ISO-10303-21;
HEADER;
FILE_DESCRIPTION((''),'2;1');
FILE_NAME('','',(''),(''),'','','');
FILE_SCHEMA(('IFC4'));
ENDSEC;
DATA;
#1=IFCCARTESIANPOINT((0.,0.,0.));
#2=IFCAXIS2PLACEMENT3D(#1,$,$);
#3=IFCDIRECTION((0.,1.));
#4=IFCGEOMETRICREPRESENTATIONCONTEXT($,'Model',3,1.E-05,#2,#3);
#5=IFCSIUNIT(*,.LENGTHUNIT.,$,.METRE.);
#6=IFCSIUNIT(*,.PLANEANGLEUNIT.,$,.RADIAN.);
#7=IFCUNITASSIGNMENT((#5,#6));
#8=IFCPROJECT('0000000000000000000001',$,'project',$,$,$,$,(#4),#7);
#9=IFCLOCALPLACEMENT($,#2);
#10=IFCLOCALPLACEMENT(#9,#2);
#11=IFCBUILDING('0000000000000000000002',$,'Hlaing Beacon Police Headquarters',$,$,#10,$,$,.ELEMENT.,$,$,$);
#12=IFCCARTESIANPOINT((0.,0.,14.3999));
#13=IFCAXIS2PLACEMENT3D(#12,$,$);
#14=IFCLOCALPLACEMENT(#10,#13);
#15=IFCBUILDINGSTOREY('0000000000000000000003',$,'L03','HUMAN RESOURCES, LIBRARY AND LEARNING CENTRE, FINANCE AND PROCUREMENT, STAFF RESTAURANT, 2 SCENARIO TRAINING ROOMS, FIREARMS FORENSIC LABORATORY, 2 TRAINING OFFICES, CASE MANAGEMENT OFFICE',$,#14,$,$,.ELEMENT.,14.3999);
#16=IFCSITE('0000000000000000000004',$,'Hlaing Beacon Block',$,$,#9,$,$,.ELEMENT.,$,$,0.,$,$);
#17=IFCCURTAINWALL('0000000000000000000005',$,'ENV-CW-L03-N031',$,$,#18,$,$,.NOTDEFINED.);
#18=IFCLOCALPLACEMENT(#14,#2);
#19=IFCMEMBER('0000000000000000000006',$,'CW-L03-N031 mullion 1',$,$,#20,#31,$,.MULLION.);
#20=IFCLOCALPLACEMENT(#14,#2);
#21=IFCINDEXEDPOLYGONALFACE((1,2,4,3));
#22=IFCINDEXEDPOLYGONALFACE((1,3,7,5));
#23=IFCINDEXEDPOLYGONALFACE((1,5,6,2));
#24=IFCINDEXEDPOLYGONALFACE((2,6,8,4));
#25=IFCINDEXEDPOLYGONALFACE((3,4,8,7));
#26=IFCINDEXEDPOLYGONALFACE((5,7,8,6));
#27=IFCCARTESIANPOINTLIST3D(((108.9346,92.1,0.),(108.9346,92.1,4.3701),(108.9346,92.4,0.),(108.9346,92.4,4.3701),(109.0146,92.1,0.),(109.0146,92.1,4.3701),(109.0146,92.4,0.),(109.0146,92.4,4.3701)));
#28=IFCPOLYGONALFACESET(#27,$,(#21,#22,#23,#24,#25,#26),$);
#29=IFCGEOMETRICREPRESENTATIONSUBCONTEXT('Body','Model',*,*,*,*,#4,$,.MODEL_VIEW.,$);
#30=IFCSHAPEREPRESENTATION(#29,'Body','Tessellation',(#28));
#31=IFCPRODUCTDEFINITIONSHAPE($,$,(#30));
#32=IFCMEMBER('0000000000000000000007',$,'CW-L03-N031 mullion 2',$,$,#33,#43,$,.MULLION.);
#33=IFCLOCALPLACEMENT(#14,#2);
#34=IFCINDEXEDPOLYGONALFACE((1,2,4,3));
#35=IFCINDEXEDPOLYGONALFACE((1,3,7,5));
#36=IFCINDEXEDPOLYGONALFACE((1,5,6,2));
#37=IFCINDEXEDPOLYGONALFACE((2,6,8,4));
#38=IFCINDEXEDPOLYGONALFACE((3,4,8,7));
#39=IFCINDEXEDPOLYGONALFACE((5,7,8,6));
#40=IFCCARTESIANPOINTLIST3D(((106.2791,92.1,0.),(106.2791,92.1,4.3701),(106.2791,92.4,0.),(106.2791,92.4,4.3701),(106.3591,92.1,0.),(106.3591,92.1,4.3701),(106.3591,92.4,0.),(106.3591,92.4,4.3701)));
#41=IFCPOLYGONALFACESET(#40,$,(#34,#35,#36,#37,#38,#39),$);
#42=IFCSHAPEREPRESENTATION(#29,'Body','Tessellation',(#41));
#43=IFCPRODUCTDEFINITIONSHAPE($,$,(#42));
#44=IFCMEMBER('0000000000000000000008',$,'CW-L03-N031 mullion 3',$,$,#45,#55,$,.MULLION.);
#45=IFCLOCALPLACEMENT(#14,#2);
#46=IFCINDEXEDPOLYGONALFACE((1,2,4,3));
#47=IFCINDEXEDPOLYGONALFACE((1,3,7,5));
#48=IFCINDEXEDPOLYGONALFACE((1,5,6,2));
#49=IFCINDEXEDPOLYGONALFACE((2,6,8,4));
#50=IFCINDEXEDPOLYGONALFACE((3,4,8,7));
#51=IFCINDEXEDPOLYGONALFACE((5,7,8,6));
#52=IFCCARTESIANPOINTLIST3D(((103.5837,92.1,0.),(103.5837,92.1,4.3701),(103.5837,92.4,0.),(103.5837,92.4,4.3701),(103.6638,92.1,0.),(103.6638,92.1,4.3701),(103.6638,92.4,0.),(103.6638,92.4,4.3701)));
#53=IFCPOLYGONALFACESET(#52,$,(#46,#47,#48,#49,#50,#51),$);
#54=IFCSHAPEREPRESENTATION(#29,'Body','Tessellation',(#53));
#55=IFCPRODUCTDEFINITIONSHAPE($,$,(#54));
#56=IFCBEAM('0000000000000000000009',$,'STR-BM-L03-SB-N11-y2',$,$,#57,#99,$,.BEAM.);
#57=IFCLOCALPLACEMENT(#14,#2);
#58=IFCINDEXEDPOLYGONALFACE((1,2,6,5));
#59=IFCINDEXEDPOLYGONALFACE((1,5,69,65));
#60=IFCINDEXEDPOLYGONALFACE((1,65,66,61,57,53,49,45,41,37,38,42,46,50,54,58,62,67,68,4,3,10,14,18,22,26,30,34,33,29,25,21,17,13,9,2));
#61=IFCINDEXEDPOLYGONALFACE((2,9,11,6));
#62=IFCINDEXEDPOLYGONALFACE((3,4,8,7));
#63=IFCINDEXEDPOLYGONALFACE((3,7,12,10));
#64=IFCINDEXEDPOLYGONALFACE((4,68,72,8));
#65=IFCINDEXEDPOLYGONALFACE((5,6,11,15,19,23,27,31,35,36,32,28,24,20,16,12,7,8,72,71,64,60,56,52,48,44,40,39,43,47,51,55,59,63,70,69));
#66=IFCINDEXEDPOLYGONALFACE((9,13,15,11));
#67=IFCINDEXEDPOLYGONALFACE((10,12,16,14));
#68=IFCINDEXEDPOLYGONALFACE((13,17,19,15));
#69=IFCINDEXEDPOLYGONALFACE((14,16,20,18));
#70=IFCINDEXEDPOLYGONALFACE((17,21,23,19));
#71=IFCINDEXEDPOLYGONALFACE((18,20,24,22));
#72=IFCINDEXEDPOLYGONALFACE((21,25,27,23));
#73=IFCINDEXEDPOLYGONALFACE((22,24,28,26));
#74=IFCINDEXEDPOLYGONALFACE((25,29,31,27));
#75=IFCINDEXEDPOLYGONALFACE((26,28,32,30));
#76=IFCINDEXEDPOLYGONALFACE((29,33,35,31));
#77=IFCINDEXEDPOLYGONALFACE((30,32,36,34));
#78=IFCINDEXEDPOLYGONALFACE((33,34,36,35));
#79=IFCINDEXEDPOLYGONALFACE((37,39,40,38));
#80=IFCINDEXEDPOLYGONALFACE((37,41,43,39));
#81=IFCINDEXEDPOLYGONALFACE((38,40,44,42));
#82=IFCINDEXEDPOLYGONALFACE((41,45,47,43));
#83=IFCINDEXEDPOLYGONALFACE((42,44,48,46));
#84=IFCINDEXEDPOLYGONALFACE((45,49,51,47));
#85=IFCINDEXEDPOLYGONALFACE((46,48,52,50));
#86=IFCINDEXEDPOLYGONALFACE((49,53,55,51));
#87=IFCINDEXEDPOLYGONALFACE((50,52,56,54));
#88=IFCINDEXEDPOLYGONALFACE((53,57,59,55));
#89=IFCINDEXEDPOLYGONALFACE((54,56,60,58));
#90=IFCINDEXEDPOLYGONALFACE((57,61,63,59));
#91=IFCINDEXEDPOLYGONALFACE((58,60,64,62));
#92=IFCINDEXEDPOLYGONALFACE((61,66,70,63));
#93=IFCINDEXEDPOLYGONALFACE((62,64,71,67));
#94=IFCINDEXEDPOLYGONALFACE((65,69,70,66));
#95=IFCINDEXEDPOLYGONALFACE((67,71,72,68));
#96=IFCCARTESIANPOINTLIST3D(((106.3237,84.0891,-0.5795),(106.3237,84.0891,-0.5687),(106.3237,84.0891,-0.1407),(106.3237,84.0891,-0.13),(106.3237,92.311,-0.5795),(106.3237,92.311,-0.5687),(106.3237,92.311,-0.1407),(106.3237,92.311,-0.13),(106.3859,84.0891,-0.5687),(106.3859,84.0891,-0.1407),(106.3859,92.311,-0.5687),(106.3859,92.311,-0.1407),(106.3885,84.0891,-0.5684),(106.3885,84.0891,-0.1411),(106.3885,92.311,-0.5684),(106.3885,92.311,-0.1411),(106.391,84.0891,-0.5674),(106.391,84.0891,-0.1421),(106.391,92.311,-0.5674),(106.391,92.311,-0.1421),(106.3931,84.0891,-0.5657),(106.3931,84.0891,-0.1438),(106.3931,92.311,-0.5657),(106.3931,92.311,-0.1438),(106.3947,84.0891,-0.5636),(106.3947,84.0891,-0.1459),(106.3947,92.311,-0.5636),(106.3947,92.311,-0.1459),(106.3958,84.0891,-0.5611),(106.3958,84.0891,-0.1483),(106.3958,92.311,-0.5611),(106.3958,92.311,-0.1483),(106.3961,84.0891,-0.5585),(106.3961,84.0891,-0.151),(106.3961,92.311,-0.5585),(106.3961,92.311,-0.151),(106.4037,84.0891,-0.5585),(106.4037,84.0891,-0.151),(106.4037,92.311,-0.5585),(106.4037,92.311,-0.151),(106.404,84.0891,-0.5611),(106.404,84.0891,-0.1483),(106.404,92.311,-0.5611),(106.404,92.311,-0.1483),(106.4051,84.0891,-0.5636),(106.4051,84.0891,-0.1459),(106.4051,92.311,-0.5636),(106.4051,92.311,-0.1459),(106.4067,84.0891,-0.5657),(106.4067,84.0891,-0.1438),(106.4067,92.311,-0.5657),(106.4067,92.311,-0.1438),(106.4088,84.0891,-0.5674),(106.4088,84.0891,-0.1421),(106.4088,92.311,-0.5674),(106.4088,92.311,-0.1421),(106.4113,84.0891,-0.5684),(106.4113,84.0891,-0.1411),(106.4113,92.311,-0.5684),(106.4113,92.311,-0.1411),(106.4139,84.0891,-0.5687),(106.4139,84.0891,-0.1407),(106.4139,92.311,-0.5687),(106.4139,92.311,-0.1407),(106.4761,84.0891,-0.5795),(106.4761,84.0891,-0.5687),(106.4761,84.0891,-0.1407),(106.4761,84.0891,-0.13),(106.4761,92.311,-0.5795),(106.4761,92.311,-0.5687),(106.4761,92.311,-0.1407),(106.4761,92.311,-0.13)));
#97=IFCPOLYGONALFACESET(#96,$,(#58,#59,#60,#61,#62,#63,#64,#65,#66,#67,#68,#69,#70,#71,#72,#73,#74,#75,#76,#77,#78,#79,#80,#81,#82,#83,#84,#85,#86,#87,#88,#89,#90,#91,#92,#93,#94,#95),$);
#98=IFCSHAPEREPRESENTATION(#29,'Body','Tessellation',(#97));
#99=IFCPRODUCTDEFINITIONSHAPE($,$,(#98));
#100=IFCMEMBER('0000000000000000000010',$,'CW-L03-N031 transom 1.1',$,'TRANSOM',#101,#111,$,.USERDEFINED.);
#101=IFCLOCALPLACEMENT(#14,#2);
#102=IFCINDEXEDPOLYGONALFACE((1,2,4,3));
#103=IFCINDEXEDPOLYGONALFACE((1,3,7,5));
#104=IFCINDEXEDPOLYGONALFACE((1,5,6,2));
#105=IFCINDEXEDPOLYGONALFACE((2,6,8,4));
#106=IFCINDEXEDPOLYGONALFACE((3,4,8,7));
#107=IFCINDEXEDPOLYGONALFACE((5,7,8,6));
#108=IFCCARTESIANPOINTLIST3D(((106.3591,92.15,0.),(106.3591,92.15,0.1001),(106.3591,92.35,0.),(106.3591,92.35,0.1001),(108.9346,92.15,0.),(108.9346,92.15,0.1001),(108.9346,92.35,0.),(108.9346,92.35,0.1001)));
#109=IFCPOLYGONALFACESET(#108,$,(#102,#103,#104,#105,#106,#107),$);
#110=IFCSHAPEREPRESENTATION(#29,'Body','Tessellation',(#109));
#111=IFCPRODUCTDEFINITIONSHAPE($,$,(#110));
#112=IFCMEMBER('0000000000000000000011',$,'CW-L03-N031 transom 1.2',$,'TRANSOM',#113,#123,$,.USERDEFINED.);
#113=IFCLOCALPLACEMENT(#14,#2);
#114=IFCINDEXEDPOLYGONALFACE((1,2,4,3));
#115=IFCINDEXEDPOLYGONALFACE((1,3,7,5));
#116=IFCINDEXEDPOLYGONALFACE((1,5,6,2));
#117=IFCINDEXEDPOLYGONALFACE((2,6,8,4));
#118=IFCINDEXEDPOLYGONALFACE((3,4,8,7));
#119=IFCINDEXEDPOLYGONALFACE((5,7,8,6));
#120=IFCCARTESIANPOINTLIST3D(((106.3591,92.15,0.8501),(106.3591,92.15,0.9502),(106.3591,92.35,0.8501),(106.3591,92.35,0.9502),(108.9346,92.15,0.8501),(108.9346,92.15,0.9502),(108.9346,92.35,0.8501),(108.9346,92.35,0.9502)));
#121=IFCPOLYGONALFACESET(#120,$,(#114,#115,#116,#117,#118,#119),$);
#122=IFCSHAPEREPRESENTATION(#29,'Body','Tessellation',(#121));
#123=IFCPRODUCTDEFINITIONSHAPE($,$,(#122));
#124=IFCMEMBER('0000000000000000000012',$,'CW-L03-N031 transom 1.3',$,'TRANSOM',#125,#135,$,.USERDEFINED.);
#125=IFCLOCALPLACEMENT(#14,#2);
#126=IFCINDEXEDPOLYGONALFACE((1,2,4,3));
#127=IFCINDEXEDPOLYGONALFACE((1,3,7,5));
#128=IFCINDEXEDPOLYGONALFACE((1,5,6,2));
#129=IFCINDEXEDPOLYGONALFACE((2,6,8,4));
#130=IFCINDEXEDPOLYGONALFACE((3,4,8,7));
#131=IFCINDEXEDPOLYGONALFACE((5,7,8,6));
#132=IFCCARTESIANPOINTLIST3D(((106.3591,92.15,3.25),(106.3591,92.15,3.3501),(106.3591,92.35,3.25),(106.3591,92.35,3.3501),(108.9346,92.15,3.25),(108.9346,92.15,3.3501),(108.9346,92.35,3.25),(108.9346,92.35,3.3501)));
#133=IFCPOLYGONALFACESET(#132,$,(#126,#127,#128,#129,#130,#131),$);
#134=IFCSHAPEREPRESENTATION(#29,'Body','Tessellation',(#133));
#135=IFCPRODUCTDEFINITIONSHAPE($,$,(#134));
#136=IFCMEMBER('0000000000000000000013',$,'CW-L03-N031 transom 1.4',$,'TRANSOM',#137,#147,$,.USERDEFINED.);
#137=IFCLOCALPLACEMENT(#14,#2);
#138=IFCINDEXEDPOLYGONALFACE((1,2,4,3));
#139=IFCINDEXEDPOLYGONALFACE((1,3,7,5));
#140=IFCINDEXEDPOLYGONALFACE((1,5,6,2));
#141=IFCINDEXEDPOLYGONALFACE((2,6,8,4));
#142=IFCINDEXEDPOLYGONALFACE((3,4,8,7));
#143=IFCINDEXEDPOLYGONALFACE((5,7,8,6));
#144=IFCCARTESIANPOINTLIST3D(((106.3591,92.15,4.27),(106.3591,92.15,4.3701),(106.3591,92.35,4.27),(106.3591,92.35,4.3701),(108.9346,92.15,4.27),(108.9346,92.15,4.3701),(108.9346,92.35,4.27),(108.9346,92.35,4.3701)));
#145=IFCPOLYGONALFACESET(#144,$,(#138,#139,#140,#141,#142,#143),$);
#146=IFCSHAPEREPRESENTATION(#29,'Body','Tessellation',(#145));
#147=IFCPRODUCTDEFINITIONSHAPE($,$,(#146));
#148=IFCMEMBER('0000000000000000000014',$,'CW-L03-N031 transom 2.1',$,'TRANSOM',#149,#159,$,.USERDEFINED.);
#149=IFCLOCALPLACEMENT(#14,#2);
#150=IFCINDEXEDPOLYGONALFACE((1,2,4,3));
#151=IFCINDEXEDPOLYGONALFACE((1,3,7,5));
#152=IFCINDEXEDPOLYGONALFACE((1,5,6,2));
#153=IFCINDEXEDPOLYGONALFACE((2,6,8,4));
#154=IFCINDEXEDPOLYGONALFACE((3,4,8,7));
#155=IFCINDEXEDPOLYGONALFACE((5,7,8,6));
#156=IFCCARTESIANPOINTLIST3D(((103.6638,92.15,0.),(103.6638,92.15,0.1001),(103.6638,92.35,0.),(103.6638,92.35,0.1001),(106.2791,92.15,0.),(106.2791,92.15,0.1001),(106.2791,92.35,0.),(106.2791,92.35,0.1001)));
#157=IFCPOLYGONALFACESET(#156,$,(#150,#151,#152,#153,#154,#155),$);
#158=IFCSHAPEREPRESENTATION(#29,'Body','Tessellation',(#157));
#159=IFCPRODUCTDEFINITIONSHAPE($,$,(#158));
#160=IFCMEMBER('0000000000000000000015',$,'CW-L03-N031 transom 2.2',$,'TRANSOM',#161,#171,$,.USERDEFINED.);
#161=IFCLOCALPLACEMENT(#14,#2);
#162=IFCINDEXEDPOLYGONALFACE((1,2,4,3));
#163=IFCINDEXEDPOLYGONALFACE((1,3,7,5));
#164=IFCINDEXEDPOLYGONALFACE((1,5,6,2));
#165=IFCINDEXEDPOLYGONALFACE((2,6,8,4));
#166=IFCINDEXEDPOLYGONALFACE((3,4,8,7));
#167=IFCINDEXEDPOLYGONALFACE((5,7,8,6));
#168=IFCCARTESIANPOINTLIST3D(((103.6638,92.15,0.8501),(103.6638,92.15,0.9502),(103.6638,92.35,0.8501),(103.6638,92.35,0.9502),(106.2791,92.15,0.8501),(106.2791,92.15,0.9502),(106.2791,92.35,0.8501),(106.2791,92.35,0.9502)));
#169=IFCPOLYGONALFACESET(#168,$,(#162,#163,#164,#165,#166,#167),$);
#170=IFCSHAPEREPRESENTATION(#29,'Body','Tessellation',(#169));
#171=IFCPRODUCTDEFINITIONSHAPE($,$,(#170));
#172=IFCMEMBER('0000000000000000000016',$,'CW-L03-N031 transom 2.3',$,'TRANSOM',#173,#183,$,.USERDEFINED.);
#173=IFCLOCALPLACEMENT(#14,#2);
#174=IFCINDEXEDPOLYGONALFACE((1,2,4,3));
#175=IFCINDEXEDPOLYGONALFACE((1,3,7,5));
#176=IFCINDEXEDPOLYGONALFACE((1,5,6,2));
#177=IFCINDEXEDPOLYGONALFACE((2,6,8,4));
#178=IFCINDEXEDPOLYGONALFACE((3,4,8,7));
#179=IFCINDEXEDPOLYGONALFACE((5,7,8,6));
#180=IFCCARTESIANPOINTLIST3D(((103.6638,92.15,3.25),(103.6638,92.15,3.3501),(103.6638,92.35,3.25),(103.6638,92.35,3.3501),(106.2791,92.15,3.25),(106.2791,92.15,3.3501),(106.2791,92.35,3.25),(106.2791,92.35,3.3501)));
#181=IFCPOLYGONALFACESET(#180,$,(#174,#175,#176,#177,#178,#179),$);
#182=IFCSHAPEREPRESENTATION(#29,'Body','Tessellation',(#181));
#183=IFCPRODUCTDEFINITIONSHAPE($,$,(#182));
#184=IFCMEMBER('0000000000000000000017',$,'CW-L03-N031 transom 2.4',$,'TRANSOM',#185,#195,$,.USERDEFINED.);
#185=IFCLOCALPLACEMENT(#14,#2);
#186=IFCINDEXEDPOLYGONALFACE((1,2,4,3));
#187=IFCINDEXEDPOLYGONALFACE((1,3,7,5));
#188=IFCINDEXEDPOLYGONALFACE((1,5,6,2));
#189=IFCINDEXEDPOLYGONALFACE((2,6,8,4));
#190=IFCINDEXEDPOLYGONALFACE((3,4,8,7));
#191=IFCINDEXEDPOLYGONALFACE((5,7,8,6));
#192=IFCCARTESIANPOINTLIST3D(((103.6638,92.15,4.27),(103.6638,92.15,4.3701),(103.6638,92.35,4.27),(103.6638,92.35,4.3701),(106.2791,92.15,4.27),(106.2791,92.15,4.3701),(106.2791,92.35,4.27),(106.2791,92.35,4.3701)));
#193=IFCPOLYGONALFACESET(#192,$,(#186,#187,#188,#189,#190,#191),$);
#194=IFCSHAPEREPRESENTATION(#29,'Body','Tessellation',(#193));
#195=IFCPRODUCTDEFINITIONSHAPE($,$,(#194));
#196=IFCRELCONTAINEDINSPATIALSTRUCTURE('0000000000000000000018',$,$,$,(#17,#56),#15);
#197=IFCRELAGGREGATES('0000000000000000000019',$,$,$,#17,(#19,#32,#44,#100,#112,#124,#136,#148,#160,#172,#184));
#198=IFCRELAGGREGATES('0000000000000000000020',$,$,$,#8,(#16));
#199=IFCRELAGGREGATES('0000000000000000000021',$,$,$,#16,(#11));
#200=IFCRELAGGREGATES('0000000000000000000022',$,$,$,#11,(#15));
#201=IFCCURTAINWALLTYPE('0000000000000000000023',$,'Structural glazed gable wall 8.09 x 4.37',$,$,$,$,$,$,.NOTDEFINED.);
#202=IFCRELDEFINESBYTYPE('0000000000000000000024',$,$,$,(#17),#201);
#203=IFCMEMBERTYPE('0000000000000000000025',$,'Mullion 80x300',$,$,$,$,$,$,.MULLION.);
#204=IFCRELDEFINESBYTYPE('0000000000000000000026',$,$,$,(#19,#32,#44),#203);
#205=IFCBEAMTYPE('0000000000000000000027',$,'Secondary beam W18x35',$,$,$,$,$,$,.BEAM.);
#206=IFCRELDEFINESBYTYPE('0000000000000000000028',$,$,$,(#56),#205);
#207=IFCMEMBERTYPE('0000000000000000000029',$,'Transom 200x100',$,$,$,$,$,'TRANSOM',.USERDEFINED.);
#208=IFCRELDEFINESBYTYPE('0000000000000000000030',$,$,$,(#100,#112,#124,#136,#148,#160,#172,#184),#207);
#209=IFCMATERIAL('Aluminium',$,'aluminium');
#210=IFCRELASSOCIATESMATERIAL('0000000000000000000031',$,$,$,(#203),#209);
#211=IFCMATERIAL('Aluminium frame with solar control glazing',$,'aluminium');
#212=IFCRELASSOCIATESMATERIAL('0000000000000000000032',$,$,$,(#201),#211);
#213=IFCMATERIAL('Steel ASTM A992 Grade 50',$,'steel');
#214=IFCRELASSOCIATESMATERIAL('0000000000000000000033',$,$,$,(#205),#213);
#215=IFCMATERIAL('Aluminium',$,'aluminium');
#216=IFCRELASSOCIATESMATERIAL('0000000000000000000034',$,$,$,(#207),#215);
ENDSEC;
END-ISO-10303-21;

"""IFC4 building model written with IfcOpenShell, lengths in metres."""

from ifc_helpers import new_model, si_unit, direction, frame, origin, origin_2d, place, context, subcontext, project, spatial, rectangle, i_section, extrude, material, material_profile, profile_set, type_object, element, aggregate, save


model = new_model("IFC4")

# Units and contexts
model_context = context("Model", 3, precision=1e-05, world=origin(), true_north=direction((0.0, 1.0)))
body_context = subcontext(model_context, "Body", "Model", "MODEL_VIEW")
ifc_project = project(units=[si_unit("LENGTHUNIT", "METRE"), si_unit("PLANEANGLEUNIT", "RADIAN")], contexts=[model_context])

# Site, building, storey
site_placement = place(None, origin())
site = spatial("IfcSite", under=ifc_project, at=site_placement, Name="Hlaing Beacon Block", CompositionType="ELEMENT", RefElevation=0.0)
building_placement = place(site_placement, origin())
building = spatial("IfcBuilding", under=site, at=building_placement, Name="Hlaing Beacon Police Headquarters", CompositionType="ELEMENT")
storey_placement = place(building_placement, frame((0.0, 0.0, 14.3999)))
storey = spatial("IfcBuildingStorey", under=building, at=storey_placement, Name="L03", Description="HUMAN RESOURCES, LIBRARY AND LEARNING CENTRE, FINANCE AND PROCUREMENT, STAFF RESTAURANT, 2 SCENARIO TRAINING ROOMS, FIREARMS FORENSIC LABORATORY, 2 TRAINING OFFICES, CASE MANAGEMENT OFFICE", CompositionType="ELEMENT", Elevation=14.3999)

# Shared definitions
ifc_material_1 = material(Name="Aluminium", Category="aluminium")
ifc_material_profile_1 = material_profile(ifc_material_1, rectangle(XDim=0.3, YDim=0.0801, at=origin_2d()), Name="Mullion 80x300")
ifc_profile_set_1 = profile_set([ifc_material_profile_1], Name="Aluminium")
member_type_1 = type_object("IfcMemberType", Name="Mullion 80x300", PredefinedType="MULLION", material=ifc_profile_set_1)

# Curtain wall, members
ifc_material_2 = material(Name="Aluminium frame with solar control glazing", Category="aluminium")
curtain_wall_type_1 = type_object("IfcCurtainWallType", Name="Structural glazed gable wall 8.09 x 4.37", PredefinedType="NOTDEFINED", material=ifc_material_2)
curtain_wall_1_placement = place(storey_placement, origin())
curtain_wall_1 = element("IfcCurtainWall", 1, at=curtain_wall_1_placement, inside=storey, type_object=curtain_wall_type_1, Name="ENV-CW-L03-N031", PredefinedType="NOTDEFINED")
member_1_placement = place(storey_placement, frame((108.9746, 92.25, 0.0), z_axis=(0.0, 0.0, 1.0), x_axis=(0.0, -1.0, 0.0)))
member_1 = element("IfcMember", 2, at=member_1_placement, type_object=member_type_1, Name="CW-L03-N031 mullion 1", PredefinedType="MULLION", context=body_context, shape_type="SweptSolid", body=[
    extrude(rectangle(XDim=0.3, YDim=0.0801, at=origin_2d()), origin(), (0.0, 0.0, 1.0), 4.3701),
])
member_2_placement = place(storey_placement, frame((106.3191, 92.25, 0.0), z_axis=(0.0, 0.0, 1.0), x_axis=(0.0, -1.0, 0.0)))
member_2 = element("IfcMember", 3, at=member_2_placement, type_object=member_type_1, Name="CW-L03-N031 mullion 2", PredefinedType="MULLION", context=body_context, shape_type="SweptSolid", body=[
    extrude(rectangle(XDim=0.3, YDim=0.0801, at=origin_2d()), origin(), (0.0, 0.0, 1.0), 4.3701),
])
member_3_placement = place(storey_placement, frame((103.6238, 92.25, 0.0), z_axis=(0.0, 0.0, 1.0), x_axis=(0.0, -1.0, 0.0)))
member_3 = element("IfcMember", 4, at=member_3_placement, type_object=member_type_1, Name="CW-L03-N031 mullion 3", PredefinedType="MULLION", context=body_context, shape_type="SweptSolid", body=[
    extrude(rectangle(XDim=0.3, YDim=0.0801, at=origin_2d()), origin(), (0.0, 0.0, 1.0), 4.3701),
])

# Beam
ifc_material_3 = material(Name="Steel ASTM A992 Grade 50", Category="steel")
ifc_material_profile_2 = material_profile(ifc_material_3, i_section(OverallWidth=0.1523, OverallDepth=0.4495, WebThickness=0.0076, FlangeThickness=0.0107, FilletRadius=0.0103, at=origin_2d()), Name="W18x35")
ifc_profile_set_2 = profile_set([ifc_material_profile_2], Name="Steel ASTM A992 Grade 50")
beam_type_1 = type_object("IfcBeamType", Name="Secondary beam W18x35", PredefinedType="BEAM", material=ifc_profile_set_2)
beam_1_placement = place(storey_placement, frame((106.3999, 84.0891, -0.3547), z_axis=(0.0, 1.0, 0.0), x_axis=(-1.0, 0.0, 0.0)))
element("IfcBeam", 5, at=beam_1_placement, inside=storey, type_object=beam_type_1, Name="STR-BM-L03-SB-N11-y2", PredefinedType="BEAM", context=body_context, shape_type="SweptSolid", body=[
    extrude(i_section(OverallWidth=0.1523, OverallDepth=0.4495, WebThickness=0.0076, FlangeThickness=0.0107, FilletRadius=0.0103, at=origin_2d()), origin(), (0.0, 0.0, 1.0), 8.2219),
])

# Members
ifc_material_4 = material(Name="Aluminium", Category="aluminium")
ifc_material_profile_3 = material_profile(ifc_material_4, rectangle(XDim=0.2, YDim=0.1001, at=origin_2d()), Name="Transom 200x100")
ifc_profile_set_3 = profile_set([ifc_material_profile_3], Name="Aluminium")
member_type_2 = type_object("IfcMemberType", Name="Transom 200x100", ElementType="TRANSOM", PredefinedType="USERDEFINED", material=ifc_profile_set_3)
member_4_placement = place(storey_placement, frame((108.9346, 92.25, 0.05), z_axis=(-1.0, 0.0, 0.0), x_axis=(0.0, -1.0, 0.0)))
member_4 = element("IfcMember", 6, at=member_4_placement, type_object=member_type_2, Name="CW-L03-N031 transom 1.1", ObjectType="TRANSOM", PredefinedType="USERDEFINED", context=body_context, shape_type="SweptSolid", body=[
    extrude(rectangle(XDim=0.2, YDim=0.1001, at=origin_2d()), origin(), (0.0, 0.0, 1.0), 2.5754),
])
member_5_placement = place(storey_placement, frame((108.9346, 92.25, 0.9001), z_axis=(-1.0, 0.0, 0.0), x_axis=(0.0, -1.0, 0.0)))
member_5 = element("IfcMember", 7, at=member_5_placement, type_object=member_type_2, Name="CW-L03-N031 transom 1.2", ObjectType="TRANSOM", PredefinedType="USERDEFINED", context=body_context, shape_type="SweptSolid", body=[
    extrude(rectangle(XDim=0.2, YDim=0.1001, at=origin_2d()), origin(), (0.0, 0.0, 1.0), 2.5754),
])
member_6_placement = place(storey_placement, frame((108.9346, 92.25, 3.3), z_axis=(-1.0, 0.0, 0.0), x_axis=(0.0, -1.0, 0.0)))
member_6 = element("IfcMember", 8, at=member_6_placement, type_object=member_type_2, Name="CW-L03-N031 transom 1.3", ObjectType="TRANSOM", PredefinedType="USERDEFINED", context=body_context, shape_type="SweptSolid", body=[
    extrude(rectangle(XDim=0.2, YDim=0.1001, at=origin_2d()), origin(), (0.0, 0.0, 1.0), 2.5754),
])
member_7_placement = place(storey_placement, frame((108.9346, 92.25, 4.3201), z_axis=(-1.0, 0.0, 0.0), x_axis=(0.0, -1.0, 0.0)))
member_7 = element("IfcMember", 9, at=member_7_placement, type_object=member_type_2, Name="CW-L03-N031 transom 1.4", ObjectType="TRANSOM", PredefinedType="USERDEFINED", context=body_context, shape_type="SweptSolid", body=[
    extrude(rectangle(XDim=0.2, YDim=0.1001, at=origin_2d()), origin(), (0.0, 0.0, 1.0), 2.5754),
])
member_8_placement = place(storey_placement, frame((106.2791, 92.25, 0.05), z_axis=(-1.0, 0.0, 0.0), x_axis=(0.0, -1.0, 0.0)))
member_8 = element("IfcMember", 10, at=member_8_placement, type_object=member_type_2, Name="CW-L03-N031 transom 2.1", ObjectType="TRANSOM", PredefinedType="USERDEFINED", context=body_context, shape_type="SweptSolid", body=[
    extrude(rectangle(XDim=0.2, YDim=0.1001, at=origin_2d()), origin(), (0.0, 0.0, 1.0), 2.6152),
])
member_9_placement = place(storey_placement, frame((106.2791, 92.25, 0.9001), z_axis=(-1.0, 0.0, 0.0), x_axis=(0.0, -1.0, 0.0)))
member_9 = element("IfcMember", 11, at=member_9_placement, type_object=member_type_2, Name="CW-L03-N031 transom 2.2", ObjectType="TRANSOM", PredefinedType="USERDEFINED", context=body_context, shape_type="SweptSolid", body=[
    extrude(rectangle(XDim=0.2, YDim=0.1001, at=origin_2d()), origin(), (0.0, 0.0, 1.0), 2.6152),
])
member_10_placement = place(storey_placement, frame((106.2791, 92.25, 3.3), z_axis=(-1.0, 0.0, 0.0), x_axis=(0.0, -1.0, 0.0)))
member_10 = element("IfcMember", 12, at=member_10_placement, type_object=member_type_2, Name="CW-L03-N031 transom 2.3", ObjectType="TRANSOM", PredefinedType="USERDEFINED", context=body_context, shape_type="SweptSolid", body=[
    extrude(rectangle(XDim=0.2, YDim=0.1001, at=origin_2d()), origin(), (0.0, 0.0, 1.0), 2.6152),
])
member_11_placement = place(storey_placement, frame((106.2791, 92.25, 4.3201), z_axis=(-1.0, 0.0, 0.0), x_axis=(0.0, -1.0, 0.0)))
member_11 = element("IfcMember", 13, at=member_11_placement, type_object=member_type_2, Name="CW-L03-N031 transom 2.4", ObjectType="TRANSOM", PredefinedType="USERDEFINED", context=body_context, shape_type="SweptSolid", body=[
    extrude(rectangle(XDim=0.2, YDim=0.1001, at=origin_2d()), origin(), (0.0, 0.0, 1.0), 2.6152),
])

aggregate(curtain_wall_1, [member_1, member_2, member_3, member_4, member_5, member_6, member_7, member_8, member_9, member_10, member_11])

save(model, "model.ifc")
